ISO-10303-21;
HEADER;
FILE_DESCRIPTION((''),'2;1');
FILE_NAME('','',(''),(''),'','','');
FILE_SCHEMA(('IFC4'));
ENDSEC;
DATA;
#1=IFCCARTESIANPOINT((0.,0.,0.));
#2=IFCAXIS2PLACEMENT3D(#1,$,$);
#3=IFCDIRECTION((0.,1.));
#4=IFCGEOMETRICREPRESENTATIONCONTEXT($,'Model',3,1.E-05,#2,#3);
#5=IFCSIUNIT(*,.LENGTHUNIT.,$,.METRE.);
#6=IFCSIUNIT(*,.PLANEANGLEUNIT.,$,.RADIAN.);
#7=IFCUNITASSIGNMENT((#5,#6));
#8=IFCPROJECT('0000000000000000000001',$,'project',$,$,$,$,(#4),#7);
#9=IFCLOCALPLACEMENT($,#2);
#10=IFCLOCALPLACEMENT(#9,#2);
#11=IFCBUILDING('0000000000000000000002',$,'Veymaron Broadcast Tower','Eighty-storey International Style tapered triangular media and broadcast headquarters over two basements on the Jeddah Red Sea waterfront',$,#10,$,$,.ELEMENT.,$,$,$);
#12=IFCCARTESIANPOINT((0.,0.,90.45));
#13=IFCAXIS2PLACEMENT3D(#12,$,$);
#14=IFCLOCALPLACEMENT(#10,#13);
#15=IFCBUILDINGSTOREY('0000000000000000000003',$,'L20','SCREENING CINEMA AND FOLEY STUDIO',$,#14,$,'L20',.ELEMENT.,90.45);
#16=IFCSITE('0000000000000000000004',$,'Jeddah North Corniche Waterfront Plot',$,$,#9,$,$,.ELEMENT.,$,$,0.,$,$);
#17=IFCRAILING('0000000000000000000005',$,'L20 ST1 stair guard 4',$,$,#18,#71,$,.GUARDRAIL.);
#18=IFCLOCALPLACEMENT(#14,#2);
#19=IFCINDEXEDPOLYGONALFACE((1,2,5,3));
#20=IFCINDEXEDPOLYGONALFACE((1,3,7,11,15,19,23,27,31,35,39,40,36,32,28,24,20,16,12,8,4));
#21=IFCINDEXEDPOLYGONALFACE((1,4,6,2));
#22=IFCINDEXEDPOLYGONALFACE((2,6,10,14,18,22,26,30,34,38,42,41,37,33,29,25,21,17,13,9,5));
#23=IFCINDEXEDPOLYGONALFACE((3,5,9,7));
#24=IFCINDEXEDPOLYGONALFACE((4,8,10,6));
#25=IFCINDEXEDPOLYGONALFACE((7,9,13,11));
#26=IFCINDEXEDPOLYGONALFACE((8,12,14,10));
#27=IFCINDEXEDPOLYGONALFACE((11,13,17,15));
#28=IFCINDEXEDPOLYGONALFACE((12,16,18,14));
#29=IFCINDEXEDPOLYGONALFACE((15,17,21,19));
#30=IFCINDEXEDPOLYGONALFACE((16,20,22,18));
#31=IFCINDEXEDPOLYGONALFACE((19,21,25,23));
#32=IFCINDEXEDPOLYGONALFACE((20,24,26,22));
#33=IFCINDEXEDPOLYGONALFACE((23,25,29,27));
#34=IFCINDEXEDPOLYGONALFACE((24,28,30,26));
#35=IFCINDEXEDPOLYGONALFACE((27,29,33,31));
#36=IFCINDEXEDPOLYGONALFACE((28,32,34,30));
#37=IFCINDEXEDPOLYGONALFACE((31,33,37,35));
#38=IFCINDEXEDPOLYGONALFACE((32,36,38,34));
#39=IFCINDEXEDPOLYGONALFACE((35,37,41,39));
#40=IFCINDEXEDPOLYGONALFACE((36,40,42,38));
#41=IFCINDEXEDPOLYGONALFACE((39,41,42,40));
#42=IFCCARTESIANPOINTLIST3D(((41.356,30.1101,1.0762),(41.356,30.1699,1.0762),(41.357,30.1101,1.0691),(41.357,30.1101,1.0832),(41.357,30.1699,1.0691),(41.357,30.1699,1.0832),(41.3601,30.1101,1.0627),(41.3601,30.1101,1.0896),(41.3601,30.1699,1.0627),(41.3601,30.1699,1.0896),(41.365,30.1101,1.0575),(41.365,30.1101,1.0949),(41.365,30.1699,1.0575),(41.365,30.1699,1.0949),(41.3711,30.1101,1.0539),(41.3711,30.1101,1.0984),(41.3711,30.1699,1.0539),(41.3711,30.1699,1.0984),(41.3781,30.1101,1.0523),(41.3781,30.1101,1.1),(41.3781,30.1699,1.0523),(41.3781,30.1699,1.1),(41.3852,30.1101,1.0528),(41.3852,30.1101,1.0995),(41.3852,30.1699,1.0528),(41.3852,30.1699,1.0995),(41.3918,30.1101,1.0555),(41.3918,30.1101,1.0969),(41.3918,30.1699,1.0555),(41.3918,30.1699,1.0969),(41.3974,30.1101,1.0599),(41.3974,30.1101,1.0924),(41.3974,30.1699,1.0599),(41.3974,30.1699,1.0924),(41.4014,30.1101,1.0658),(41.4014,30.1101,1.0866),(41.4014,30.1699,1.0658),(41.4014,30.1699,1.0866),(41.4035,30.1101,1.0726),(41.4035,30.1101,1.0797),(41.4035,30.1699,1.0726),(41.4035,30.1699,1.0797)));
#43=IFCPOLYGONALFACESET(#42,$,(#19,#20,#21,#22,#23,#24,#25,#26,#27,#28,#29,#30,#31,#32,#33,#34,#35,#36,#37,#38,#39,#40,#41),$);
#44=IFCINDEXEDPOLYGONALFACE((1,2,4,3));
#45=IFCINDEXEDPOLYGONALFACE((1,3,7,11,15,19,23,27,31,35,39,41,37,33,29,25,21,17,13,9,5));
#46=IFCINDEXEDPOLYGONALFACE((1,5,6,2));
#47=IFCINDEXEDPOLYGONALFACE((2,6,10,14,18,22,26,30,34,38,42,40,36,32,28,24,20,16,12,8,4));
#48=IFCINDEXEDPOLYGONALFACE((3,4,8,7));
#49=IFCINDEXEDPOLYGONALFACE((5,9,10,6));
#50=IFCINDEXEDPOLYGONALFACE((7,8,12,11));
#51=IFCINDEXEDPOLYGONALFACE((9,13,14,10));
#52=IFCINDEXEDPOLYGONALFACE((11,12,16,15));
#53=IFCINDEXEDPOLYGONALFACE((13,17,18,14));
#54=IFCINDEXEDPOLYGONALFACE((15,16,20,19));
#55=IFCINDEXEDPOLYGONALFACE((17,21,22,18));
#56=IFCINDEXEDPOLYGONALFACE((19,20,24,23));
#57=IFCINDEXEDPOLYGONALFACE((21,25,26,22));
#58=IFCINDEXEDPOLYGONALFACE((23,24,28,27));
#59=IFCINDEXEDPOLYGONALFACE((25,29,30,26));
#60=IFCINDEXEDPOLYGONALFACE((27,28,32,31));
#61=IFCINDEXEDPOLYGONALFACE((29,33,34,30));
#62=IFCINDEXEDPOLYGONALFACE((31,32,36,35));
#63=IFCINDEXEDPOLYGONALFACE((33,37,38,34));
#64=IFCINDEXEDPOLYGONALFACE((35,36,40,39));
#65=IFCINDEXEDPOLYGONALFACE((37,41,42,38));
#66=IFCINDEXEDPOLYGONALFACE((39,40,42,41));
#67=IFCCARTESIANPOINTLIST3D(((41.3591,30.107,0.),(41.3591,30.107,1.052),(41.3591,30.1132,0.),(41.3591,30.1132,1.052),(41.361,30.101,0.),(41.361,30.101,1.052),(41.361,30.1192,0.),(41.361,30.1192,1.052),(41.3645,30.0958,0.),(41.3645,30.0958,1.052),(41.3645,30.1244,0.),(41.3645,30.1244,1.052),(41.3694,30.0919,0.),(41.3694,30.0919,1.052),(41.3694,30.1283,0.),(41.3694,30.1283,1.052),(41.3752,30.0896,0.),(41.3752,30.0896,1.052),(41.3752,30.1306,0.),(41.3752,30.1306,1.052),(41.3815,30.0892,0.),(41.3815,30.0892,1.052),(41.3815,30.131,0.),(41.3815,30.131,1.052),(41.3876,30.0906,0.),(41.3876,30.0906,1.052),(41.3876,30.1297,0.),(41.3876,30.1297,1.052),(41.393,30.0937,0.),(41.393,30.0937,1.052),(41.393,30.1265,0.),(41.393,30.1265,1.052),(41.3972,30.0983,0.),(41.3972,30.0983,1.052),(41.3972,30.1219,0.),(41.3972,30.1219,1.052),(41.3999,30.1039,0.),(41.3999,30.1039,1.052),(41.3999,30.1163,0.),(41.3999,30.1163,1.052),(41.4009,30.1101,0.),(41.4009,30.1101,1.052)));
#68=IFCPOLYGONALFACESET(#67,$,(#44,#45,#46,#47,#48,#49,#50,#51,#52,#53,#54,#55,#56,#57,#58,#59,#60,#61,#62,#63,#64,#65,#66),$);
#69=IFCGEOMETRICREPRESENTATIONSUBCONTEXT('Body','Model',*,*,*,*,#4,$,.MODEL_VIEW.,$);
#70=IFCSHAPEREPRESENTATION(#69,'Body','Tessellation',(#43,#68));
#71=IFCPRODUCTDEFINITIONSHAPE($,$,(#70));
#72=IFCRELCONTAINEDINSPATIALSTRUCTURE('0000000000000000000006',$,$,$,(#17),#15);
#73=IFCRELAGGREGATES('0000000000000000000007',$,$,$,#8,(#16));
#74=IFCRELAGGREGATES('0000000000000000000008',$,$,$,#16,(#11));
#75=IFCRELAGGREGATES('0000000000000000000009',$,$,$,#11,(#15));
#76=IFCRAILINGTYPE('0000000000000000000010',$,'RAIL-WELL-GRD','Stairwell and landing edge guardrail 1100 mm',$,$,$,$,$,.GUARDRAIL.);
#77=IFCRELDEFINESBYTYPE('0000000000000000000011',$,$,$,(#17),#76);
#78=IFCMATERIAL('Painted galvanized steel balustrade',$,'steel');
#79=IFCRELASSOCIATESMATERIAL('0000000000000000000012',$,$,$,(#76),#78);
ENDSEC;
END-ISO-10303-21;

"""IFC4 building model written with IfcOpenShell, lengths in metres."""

from ifc_helpers import new_model, si_unit, direction, frame, origin, origin_2d, place, context, subcontext, project, spatial, circle, extrude, material, type_object, element, save


model = new_model("IFC4")

# Units and contexts
model_context = context("Model", 3, precision=1e-05, world=origin(), true_north=direction((0.0, 1.0)))
body_context = subcontext(model_context, "Body", "Model", "MODEL_VIEW")
ifc_project = project(units=[si_unit("LENGTHUNIT", "METRE"), si_unit("PLANEANGLEUNIT", "RADIAN")], contexts=[model_context])

# Site, building, storey
site_placement = place(None, origin())
site = spatial("IfcSite", under=ifc_project, at=site_placement, Name="Jeddah North Corniche Waterfront Plot", CompositionType="ELEMENT", RefElevation=0.0)
building_placement = place(site_placement, origin())
building = spatial("IfcBuilding", under=site, at=building_placement, Name="Veymaron Broadcast Tower", Description="Eighty-storey International Style tapered triangular media and broadcast headquarters over two basements on the Jeddah Red Sea waterfront", CompositionType="ELEMENT")
storey_placement = place(building_placement, frame((0.0, 0.0, 90.45)))
storey = spatial("IfcBuildingStorey", under=building, at=storey_placement, Name="L20", Description="SCREENING CINEMA AND FOLEY STUDIO", LongName="L20", CompositionType="ELEMENT", Elevation=90.45)

# Railing
ifc_material_1 = material(Name="Painted galvanized steel balustrade", Category="steel")
railing_type_1 = type_object("IfcRailingType", Name="RAIL-WELL-GRD", Description="Stairwell and landing edge guardrail 1100 mm", PredefinedType="GUARDRAIL", material=ifc_material_1)
railing_1_placement = place(storey_placement, frame((41.3799, 30.1101, 0.0)))
element("IfcRailing", 1, at=railing_1_placement, inside=storey, type_object=railing_type_1, Name="L20 ST1 stair guard 4", PredefinedType="GUARDRAIL", context=body_context, shape_type="SweptSolid", body=[
    extrude(circle(Radius=0.0239, at=origin_2d()), frame((0.0, 0.0, 1.0762), z_axis=(0.0, 1.0, 0.0), x_axis=(-1.0, 0.0, 0.0)), (0.0, 0.0, 1.0), 0.0598),
    extrude(circle(Radius=0.021, at=origin_2d()), origin(), (0.0, 0.0, 1.0), 1.052),
])

save(model, "model.ifc")
